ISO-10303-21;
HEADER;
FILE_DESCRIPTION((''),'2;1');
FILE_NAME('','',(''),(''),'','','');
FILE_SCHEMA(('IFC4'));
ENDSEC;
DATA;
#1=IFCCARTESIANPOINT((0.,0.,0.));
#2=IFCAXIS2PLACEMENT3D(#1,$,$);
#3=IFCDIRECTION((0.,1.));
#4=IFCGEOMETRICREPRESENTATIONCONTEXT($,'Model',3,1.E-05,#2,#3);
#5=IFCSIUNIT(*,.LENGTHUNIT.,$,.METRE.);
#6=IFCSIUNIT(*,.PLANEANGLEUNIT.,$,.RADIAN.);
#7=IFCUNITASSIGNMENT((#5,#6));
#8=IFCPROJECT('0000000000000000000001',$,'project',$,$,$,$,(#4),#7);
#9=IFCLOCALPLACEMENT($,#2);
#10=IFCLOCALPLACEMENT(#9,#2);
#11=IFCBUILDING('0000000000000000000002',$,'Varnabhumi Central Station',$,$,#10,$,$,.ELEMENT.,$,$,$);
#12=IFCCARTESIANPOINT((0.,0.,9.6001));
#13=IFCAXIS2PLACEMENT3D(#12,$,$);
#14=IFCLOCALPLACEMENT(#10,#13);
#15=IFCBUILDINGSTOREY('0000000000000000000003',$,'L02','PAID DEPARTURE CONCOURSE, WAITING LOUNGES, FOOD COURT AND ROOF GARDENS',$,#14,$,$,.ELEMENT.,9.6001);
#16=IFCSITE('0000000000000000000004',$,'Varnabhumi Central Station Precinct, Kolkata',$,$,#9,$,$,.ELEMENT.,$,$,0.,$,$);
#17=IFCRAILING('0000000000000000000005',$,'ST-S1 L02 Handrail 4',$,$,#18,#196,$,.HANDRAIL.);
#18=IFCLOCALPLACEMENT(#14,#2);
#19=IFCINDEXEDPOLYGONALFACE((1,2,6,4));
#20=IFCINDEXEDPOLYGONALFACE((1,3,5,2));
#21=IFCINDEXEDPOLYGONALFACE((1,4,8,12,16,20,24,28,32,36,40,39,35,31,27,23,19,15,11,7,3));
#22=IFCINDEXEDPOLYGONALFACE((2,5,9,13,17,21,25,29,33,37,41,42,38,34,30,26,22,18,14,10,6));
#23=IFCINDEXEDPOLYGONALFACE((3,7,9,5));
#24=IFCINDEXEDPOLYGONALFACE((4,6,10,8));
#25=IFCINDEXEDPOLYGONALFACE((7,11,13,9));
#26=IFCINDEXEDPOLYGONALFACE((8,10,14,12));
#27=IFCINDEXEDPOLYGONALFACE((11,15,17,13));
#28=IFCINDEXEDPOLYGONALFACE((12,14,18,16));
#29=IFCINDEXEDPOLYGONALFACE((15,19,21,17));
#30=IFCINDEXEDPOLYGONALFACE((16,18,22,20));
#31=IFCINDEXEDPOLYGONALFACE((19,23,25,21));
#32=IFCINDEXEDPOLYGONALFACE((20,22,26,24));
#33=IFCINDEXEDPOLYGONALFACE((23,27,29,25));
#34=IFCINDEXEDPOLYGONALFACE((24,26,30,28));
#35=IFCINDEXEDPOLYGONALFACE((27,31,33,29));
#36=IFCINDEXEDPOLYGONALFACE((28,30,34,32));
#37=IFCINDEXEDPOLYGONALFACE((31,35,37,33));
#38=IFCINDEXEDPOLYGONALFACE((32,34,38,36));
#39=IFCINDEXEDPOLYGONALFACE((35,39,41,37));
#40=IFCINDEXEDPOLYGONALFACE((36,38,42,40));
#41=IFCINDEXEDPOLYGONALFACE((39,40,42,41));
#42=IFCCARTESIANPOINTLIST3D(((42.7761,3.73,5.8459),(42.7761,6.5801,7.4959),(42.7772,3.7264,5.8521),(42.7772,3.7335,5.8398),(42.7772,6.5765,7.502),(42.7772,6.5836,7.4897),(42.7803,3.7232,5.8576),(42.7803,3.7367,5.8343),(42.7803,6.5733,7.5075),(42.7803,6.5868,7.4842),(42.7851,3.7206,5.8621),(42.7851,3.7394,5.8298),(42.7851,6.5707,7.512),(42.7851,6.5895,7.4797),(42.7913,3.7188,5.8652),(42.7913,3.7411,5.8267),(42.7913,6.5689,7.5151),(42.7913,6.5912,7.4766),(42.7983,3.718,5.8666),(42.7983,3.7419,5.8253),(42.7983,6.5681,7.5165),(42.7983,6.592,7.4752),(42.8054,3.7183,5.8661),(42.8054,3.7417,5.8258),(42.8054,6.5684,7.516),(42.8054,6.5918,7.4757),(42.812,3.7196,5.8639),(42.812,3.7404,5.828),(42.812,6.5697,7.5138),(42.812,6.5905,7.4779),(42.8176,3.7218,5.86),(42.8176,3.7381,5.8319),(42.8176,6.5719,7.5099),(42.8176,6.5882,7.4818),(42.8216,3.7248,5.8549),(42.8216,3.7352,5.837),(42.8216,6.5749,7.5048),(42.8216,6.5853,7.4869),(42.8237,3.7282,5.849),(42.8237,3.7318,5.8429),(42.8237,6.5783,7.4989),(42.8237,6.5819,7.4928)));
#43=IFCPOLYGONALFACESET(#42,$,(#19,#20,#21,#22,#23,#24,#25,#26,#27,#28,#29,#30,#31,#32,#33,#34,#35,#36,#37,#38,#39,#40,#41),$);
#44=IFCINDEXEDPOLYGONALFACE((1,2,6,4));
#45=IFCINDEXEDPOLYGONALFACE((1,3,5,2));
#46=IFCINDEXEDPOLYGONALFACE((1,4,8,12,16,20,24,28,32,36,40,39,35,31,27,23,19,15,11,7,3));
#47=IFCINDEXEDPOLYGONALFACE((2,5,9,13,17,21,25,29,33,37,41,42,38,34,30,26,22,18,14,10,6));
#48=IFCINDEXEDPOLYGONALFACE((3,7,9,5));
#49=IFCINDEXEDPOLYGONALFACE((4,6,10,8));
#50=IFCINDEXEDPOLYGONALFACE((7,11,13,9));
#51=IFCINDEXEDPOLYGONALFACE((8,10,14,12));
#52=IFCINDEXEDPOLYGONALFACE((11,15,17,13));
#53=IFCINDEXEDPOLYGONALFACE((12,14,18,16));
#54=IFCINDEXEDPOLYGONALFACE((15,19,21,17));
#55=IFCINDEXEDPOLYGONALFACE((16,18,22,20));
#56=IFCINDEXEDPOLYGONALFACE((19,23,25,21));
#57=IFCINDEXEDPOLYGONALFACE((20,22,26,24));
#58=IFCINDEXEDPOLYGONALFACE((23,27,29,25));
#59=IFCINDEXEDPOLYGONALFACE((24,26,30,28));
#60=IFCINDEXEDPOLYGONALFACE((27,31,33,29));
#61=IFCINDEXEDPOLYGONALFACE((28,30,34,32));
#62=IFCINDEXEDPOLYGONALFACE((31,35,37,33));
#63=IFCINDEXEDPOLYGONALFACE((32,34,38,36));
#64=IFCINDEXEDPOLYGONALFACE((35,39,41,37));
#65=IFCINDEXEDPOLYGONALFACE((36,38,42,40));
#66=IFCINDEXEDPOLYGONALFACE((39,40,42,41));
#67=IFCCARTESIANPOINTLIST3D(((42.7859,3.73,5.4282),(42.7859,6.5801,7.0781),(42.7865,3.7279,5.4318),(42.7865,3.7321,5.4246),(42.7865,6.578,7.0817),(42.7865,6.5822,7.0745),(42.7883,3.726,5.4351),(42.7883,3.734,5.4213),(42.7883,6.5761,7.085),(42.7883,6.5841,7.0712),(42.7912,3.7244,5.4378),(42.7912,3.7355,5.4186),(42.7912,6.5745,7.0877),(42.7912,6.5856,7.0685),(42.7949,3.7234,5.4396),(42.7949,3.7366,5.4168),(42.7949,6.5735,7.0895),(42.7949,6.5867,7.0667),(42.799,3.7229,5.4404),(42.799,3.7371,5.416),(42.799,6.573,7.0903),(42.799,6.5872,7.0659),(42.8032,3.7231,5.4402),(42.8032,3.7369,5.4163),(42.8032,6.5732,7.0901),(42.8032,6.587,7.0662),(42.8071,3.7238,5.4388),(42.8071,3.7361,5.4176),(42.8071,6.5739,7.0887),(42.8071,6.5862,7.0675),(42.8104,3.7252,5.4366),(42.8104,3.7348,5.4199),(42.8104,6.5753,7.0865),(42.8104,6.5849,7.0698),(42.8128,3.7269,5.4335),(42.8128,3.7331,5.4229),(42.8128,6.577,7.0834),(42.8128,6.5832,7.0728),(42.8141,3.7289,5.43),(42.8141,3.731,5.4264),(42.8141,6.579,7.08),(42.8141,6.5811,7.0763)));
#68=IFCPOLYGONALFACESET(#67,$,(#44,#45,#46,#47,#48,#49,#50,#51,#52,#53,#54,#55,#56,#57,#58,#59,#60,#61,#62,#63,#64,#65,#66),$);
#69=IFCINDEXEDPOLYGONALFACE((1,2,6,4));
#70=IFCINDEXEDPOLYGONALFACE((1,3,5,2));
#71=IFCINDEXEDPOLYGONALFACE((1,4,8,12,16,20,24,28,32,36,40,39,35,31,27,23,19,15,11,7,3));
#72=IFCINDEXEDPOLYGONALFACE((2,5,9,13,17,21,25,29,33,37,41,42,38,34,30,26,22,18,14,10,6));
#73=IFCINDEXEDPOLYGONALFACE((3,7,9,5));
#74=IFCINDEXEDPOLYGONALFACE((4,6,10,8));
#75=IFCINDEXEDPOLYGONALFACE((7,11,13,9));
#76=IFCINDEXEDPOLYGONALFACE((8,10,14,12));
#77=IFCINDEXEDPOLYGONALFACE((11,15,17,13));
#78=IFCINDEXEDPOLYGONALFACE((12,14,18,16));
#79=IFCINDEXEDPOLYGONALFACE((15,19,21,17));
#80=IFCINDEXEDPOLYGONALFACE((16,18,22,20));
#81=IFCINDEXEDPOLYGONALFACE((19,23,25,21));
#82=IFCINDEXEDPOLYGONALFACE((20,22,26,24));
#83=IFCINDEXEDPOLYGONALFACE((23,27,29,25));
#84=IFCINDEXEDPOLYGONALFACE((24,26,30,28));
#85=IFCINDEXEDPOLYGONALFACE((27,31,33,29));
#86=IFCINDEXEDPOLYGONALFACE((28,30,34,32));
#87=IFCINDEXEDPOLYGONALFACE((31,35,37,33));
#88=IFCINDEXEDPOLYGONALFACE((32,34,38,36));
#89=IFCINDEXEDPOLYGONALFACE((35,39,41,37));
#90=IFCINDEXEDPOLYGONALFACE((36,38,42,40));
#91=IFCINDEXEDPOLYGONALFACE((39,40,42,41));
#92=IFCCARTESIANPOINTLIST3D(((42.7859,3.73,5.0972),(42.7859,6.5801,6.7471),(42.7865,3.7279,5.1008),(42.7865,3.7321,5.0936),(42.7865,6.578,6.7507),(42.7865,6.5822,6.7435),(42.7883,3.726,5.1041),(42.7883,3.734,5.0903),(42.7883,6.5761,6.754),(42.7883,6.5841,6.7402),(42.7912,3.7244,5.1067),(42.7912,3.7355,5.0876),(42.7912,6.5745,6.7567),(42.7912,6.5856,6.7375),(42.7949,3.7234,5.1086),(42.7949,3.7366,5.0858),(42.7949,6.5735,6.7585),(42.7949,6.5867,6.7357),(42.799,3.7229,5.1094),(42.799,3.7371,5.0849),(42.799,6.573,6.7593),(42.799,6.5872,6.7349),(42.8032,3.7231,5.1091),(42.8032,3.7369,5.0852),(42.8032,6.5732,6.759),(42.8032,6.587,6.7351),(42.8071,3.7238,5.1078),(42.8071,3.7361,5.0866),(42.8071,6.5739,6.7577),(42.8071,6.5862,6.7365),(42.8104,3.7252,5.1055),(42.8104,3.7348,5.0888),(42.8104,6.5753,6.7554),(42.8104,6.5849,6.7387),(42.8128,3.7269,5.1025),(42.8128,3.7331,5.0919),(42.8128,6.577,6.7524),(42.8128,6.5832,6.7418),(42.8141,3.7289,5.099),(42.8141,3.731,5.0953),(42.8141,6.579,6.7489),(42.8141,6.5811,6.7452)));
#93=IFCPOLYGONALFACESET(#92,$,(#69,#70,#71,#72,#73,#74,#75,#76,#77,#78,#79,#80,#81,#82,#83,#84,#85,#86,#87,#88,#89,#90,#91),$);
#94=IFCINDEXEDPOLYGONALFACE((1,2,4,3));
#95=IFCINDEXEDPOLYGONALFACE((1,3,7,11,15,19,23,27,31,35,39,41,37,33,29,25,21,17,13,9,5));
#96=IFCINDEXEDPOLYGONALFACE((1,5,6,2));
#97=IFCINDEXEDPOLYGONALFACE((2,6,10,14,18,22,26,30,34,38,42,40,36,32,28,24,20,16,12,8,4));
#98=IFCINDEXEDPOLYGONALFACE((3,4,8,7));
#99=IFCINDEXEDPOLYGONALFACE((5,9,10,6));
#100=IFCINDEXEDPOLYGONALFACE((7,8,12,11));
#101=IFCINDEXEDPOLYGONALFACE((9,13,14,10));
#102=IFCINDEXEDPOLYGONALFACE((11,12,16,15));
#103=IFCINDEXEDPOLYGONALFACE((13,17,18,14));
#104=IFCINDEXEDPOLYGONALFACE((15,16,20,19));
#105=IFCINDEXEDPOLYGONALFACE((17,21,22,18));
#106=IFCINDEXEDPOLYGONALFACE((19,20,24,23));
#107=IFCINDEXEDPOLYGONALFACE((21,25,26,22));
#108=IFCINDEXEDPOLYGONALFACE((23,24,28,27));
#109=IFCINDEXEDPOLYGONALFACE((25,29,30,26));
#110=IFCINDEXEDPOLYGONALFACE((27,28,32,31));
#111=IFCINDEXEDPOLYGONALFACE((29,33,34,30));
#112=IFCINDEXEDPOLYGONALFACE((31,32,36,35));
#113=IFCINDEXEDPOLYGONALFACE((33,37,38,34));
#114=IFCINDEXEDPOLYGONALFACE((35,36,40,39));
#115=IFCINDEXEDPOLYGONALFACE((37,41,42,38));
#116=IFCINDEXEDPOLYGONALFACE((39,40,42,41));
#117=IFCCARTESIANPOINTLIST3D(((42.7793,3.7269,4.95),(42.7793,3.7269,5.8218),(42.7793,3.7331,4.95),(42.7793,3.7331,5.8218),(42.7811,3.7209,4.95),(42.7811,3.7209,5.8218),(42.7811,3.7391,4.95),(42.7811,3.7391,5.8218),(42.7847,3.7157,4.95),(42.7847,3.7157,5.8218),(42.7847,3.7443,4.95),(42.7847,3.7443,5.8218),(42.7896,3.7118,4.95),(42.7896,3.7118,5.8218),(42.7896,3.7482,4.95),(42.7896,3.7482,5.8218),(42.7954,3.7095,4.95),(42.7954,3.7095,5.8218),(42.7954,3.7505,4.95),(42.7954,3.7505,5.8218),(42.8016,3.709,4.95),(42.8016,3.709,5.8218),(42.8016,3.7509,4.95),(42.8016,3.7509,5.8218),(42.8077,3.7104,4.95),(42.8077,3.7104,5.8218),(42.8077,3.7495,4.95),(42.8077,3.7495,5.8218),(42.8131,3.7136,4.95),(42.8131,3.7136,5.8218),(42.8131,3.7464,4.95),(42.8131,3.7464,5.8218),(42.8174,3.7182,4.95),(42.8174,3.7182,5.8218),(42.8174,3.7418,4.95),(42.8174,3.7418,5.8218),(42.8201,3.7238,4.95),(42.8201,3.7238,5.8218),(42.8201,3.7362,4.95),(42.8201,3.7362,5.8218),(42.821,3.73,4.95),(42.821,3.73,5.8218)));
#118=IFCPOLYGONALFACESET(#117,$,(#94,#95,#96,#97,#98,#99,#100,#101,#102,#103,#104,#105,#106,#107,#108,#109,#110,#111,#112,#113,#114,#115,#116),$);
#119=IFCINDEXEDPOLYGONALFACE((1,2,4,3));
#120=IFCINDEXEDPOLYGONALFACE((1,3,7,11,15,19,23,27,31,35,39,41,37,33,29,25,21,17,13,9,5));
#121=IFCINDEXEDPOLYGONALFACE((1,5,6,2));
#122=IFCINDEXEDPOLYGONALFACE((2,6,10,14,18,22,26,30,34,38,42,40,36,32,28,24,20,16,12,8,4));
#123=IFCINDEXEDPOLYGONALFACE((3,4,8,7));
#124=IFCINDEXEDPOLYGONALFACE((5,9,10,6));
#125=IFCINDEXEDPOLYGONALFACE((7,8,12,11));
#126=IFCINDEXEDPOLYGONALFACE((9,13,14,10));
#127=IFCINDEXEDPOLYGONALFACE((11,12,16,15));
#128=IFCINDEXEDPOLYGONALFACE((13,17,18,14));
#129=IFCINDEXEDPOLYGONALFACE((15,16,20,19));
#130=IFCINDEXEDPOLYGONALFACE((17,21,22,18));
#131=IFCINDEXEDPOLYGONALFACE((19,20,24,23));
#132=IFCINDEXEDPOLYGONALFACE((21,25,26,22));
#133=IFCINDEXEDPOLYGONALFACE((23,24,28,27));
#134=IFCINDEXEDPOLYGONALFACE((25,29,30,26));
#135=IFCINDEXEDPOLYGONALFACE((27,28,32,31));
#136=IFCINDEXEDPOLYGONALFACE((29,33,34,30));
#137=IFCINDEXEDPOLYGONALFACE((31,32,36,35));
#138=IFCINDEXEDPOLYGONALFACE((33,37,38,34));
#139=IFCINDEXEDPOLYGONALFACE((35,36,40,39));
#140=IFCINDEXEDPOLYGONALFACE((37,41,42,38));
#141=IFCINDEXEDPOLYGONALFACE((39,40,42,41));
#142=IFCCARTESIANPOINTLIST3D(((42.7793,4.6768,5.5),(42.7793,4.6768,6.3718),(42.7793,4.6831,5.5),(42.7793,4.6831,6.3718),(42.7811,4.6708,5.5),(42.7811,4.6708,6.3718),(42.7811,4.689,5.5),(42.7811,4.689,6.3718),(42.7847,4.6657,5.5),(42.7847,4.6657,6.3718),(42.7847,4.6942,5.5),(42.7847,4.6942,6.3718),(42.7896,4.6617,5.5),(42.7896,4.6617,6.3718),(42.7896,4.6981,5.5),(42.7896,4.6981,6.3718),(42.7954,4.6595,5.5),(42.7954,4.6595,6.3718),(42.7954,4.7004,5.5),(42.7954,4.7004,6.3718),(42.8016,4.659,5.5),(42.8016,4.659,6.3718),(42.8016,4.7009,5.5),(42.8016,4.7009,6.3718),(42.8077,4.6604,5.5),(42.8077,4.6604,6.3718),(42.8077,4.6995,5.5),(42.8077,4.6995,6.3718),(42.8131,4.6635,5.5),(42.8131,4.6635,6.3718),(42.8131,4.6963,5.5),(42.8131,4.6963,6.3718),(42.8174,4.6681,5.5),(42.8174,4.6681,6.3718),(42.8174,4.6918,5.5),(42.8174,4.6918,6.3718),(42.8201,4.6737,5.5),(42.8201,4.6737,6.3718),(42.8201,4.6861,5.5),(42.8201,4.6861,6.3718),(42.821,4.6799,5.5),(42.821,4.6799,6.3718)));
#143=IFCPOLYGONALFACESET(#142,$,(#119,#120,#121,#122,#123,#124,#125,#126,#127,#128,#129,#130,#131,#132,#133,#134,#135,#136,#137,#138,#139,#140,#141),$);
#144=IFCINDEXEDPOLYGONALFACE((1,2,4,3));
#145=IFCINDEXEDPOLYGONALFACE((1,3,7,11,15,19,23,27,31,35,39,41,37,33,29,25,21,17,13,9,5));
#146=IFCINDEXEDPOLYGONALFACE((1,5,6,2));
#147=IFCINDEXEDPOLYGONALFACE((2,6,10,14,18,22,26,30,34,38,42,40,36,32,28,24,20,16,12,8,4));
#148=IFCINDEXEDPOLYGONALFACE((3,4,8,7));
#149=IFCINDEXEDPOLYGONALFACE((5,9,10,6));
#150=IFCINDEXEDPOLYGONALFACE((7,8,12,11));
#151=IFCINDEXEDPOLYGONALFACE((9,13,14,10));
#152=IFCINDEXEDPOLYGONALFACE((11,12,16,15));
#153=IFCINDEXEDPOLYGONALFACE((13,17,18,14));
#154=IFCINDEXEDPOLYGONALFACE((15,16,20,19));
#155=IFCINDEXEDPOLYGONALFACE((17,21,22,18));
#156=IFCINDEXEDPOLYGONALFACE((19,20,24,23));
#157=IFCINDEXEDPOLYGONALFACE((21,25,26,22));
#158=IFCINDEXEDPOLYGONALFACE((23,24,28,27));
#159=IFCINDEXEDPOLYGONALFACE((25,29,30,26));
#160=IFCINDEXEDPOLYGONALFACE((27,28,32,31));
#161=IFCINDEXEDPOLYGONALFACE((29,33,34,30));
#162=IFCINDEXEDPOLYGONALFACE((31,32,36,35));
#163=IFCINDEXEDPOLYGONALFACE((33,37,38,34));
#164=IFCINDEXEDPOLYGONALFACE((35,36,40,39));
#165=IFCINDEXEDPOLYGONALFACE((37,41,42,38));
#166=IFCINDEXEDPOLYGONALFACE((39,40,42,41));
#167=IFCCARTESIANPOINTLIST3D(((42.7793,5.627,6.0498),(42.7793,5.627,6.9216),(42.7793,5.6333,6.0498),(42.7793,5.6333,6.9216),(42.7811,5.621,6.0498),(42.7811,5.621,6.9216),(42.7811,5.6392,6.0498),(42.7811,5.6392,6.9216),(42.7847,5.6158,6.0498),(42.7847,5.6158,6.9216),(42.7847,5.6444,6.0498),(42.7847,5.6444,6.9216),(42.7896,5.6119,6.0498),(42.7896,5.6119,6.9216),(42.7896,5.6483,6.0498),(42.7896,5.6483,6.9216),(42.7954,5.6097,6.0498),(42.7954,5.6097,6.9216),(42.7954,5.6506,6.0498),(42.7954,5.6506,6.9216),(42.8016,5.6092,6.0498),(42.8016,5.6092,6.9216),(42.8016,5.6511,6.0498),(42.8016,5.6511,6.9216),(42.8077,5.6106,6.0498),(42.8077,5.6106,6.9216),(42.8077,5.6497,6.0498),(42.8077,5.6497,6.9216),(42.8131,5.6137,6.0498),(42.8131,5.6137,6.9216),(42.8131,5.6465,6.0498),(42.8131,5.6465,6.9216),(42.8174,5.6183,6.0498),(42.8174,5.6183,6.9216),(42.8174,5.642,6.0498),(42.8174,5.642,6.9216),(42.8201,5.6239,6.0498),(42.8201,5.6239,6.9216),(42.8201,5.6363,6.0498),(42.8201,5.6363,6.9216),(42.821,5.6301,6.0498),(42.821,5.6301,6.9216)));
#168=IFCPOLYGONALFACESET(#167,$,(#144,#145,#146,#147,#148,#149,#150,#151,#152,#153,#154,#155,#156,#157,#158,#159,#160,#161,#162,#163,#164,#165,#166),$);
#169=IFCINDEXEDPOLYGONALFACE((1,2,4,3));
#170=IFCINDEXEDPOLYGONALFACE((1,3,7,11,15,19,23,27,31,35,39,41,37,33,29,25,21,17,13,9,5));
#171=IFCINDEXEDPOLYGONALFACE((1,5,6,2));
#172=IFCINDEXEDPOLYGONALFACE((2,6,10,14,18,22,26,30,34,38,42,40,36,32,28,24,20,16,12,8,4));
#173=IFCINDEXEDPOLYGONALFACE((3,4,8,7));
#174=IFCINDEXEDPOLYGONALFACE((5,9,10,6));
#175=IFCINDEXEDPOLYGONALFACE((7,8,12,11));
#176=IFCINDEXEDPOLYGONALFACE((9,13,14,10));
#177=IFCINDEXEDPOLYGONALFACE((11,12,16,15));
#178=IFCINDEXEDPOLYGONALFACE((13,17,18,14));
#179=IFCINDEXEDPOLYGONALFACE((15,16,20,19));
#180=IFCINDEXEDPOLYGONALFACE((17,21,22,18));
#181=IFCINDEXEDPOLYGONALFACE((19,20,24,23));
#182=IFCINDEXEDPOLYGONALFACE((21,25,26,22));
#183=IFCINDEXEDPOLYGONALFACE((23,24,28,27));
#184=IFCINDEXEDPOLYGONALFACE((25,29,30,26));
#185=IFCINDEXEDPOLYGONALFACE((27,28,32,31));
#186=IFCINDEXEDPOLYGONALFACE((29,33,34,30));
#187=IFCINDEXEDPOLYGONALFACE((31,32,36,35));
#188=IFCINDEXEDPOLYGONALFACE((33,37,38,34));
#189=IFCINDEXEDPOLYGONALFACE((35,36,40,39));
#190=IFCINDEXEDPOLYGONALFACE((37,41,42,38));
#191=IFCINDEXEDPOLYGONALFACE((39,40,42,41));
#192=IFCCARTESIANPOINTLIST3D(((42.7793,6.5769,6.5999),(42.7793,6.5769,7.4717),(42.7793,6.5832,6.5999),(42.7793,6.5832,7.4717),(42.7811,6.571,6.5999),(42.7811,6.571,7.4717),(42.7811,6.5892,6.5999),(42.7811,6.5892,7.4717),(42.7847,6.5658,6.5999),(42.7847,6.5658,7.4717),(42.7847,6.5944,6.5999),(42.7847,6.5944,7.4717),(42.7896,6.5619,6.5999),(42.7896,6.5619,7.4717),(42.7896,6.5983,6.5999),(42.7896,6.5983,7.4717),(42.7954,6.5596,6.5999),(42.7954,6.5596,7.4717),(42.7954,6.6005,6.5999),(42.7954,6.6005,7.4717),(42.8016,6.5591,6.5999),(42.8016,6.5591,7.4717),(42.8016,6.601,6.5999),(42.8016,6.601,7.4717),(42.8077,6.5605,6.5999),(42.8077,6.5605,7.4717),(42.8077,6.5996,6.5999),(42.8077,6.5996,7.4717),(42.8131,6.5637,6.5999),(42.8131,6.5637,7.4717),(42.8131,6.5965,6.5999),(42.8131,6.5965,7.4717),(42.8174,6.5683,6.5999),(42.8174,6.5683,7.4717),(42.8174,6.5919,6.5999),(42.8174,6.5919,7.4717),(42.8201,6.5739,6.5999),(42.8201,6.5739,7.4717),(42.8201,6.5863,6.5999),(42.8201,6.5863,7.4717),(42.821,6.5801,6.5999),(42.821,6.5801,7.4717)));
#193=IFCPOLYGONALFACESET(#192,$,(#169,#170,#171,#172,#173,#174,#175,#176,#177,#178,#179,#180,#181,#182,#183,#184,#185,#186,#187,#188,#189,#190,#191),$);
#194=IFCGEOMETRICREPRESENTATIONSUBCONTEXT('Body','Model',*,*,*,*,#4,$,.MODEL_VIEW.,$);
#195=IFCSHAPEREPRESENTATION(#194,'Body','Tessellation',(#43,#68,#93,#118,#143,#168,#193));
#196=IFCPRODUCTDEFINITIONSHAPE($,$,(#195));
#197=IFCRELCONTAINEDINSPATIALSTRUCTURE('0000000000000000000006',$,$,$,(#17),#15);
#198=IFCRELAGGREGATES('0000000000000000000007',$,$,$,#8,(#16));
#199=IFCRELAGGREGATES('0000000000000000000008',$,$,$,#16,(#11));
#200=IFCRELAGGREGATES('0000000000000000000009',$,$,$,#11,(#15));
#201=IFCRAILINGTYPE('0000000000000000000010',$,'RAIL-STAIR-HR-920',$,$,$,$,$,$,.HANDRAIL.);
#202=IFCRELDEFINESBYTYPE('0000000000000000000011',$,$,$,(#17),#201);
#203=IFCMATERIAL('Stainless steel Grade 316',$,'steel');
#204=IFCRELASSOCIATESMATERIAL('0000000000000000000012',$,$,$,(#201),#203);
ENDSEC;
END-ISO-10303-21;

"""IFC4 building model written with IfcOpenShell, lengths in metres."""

from ifc_helpers import new_model, si_unit, direction, frame, origin, origin_2d, place, context, subcontext, project, spatial, circle, extrude, material, type_object, element, save


model = new_model("IFC4")

# Units and contexts
model_context = context("Model", 3, precision=1e-05, world=origin(), true_north=direction((0.0, 1.0)))
body_context = subcontext(model_context, "Body", "Model", "MODEL_VIEW")
ifc_project = project(units=[si_unit("LENGTHUNIT", "METRE"), si_unit("PLANEANGLEUNIT", "RADIAN")], contexts=[model_context])

# Site, building, storey
site_placement = place(None, origin())
site = spatial("IfcSite", under=ifc_project, at=site_placement, Name="Varnabhumi Central Station Precinct, Kolkata", CompositionType="ELEMENT", RefElevation=0.0)
building_placement = place(site_placement, origin())
building = spatial("IfcBuilding", under=site, at=building_placement, Name="Varnabhumi Central Station", CompositionType="ELEMENT")
storey_placement = place(building_placement, frame((0.0, 0.0, 9.6001)))
storey = spatial("IfcBuildingStorey", under=building, at=storey_placement, Name="L02", Description="PAID DEPARTURE CONCOURSE, WAITING LOUNGES, FOOD COURT AND ROOF GARDENS", CompositionType="ELEMENT", Elevation=9.6001)

# Shared definitions
ifc_material_1 = material(Name="Stainless steel Grade 316", Category="steel")

# Railing
railing_type = type_object("IfcRailingType", Name="RAIL-STAIR-HR-920", PredefinedType="HANDRAIL", material=ifc_material_1)
for number, where, name in (
    (1, (42.8, 3.73, 4.95), "ST-S1 L02 Handrail 4"),
):
    element("IfcRailing", number, at=place(storey_placement, frame(where)), inside=storey, type_object=railing_type, Name=name, PredefinedType="HANDRAIL", context=body_context, shape_type="SweptSolid", body=[
        extrude(circle(Radius=0.0239, at=origin_2d()), frame((0.0, 0.0, 0.896), z_axis=(0.0, 0.865447, 0.501001), x_axis=(-1.0, 0.0, 0.0)), (0.0, 0.0, 1.0), 3.2932),
        extrude(circle(Radius=0.0142, at=origin_2d()), frame((0.0, 0.0, 0.4783), z_axis=(0.0, 0.865447, 0.501001), x_axis=(-1.0, 0.0, 0.0)), (0.0, 0.0, 1.0), 3.2932),
        extrude(circle(Radius=0.0142, at=origin_2d()), frame((0.0, 0.0, 0.1472), z_axis=(0.0, 0.865447, 0.501001), x_axis=(-1.0, 0.0, 0.0)), (0.0, 0.0, 1.0), 3.2932),
        extrude(circle(Radius=0.021, at=origin_2d()), origin(), (0.0, 0.0, 1.0), 0.8718),
        extrude(circle(Radius=0.021, at=origin_2d()), frame((0.0, 0.95, 0.55)), (0.0, 0.0, 1.0), 0.8718),
        extrude(circle(Radius=0.021, at=origin_2d()), frame((0.0, 1.9001, 1.0999)), (0.0, 0.0, 1.0), 0.8718),
        extrude(circle(Radius=0.021, at=origin_2d()), frame((0.0, 2.8501, 1.6499)), (0.0, 0.0, 1.0), 0.8718),
    ])

save(model, "model.ifc")
